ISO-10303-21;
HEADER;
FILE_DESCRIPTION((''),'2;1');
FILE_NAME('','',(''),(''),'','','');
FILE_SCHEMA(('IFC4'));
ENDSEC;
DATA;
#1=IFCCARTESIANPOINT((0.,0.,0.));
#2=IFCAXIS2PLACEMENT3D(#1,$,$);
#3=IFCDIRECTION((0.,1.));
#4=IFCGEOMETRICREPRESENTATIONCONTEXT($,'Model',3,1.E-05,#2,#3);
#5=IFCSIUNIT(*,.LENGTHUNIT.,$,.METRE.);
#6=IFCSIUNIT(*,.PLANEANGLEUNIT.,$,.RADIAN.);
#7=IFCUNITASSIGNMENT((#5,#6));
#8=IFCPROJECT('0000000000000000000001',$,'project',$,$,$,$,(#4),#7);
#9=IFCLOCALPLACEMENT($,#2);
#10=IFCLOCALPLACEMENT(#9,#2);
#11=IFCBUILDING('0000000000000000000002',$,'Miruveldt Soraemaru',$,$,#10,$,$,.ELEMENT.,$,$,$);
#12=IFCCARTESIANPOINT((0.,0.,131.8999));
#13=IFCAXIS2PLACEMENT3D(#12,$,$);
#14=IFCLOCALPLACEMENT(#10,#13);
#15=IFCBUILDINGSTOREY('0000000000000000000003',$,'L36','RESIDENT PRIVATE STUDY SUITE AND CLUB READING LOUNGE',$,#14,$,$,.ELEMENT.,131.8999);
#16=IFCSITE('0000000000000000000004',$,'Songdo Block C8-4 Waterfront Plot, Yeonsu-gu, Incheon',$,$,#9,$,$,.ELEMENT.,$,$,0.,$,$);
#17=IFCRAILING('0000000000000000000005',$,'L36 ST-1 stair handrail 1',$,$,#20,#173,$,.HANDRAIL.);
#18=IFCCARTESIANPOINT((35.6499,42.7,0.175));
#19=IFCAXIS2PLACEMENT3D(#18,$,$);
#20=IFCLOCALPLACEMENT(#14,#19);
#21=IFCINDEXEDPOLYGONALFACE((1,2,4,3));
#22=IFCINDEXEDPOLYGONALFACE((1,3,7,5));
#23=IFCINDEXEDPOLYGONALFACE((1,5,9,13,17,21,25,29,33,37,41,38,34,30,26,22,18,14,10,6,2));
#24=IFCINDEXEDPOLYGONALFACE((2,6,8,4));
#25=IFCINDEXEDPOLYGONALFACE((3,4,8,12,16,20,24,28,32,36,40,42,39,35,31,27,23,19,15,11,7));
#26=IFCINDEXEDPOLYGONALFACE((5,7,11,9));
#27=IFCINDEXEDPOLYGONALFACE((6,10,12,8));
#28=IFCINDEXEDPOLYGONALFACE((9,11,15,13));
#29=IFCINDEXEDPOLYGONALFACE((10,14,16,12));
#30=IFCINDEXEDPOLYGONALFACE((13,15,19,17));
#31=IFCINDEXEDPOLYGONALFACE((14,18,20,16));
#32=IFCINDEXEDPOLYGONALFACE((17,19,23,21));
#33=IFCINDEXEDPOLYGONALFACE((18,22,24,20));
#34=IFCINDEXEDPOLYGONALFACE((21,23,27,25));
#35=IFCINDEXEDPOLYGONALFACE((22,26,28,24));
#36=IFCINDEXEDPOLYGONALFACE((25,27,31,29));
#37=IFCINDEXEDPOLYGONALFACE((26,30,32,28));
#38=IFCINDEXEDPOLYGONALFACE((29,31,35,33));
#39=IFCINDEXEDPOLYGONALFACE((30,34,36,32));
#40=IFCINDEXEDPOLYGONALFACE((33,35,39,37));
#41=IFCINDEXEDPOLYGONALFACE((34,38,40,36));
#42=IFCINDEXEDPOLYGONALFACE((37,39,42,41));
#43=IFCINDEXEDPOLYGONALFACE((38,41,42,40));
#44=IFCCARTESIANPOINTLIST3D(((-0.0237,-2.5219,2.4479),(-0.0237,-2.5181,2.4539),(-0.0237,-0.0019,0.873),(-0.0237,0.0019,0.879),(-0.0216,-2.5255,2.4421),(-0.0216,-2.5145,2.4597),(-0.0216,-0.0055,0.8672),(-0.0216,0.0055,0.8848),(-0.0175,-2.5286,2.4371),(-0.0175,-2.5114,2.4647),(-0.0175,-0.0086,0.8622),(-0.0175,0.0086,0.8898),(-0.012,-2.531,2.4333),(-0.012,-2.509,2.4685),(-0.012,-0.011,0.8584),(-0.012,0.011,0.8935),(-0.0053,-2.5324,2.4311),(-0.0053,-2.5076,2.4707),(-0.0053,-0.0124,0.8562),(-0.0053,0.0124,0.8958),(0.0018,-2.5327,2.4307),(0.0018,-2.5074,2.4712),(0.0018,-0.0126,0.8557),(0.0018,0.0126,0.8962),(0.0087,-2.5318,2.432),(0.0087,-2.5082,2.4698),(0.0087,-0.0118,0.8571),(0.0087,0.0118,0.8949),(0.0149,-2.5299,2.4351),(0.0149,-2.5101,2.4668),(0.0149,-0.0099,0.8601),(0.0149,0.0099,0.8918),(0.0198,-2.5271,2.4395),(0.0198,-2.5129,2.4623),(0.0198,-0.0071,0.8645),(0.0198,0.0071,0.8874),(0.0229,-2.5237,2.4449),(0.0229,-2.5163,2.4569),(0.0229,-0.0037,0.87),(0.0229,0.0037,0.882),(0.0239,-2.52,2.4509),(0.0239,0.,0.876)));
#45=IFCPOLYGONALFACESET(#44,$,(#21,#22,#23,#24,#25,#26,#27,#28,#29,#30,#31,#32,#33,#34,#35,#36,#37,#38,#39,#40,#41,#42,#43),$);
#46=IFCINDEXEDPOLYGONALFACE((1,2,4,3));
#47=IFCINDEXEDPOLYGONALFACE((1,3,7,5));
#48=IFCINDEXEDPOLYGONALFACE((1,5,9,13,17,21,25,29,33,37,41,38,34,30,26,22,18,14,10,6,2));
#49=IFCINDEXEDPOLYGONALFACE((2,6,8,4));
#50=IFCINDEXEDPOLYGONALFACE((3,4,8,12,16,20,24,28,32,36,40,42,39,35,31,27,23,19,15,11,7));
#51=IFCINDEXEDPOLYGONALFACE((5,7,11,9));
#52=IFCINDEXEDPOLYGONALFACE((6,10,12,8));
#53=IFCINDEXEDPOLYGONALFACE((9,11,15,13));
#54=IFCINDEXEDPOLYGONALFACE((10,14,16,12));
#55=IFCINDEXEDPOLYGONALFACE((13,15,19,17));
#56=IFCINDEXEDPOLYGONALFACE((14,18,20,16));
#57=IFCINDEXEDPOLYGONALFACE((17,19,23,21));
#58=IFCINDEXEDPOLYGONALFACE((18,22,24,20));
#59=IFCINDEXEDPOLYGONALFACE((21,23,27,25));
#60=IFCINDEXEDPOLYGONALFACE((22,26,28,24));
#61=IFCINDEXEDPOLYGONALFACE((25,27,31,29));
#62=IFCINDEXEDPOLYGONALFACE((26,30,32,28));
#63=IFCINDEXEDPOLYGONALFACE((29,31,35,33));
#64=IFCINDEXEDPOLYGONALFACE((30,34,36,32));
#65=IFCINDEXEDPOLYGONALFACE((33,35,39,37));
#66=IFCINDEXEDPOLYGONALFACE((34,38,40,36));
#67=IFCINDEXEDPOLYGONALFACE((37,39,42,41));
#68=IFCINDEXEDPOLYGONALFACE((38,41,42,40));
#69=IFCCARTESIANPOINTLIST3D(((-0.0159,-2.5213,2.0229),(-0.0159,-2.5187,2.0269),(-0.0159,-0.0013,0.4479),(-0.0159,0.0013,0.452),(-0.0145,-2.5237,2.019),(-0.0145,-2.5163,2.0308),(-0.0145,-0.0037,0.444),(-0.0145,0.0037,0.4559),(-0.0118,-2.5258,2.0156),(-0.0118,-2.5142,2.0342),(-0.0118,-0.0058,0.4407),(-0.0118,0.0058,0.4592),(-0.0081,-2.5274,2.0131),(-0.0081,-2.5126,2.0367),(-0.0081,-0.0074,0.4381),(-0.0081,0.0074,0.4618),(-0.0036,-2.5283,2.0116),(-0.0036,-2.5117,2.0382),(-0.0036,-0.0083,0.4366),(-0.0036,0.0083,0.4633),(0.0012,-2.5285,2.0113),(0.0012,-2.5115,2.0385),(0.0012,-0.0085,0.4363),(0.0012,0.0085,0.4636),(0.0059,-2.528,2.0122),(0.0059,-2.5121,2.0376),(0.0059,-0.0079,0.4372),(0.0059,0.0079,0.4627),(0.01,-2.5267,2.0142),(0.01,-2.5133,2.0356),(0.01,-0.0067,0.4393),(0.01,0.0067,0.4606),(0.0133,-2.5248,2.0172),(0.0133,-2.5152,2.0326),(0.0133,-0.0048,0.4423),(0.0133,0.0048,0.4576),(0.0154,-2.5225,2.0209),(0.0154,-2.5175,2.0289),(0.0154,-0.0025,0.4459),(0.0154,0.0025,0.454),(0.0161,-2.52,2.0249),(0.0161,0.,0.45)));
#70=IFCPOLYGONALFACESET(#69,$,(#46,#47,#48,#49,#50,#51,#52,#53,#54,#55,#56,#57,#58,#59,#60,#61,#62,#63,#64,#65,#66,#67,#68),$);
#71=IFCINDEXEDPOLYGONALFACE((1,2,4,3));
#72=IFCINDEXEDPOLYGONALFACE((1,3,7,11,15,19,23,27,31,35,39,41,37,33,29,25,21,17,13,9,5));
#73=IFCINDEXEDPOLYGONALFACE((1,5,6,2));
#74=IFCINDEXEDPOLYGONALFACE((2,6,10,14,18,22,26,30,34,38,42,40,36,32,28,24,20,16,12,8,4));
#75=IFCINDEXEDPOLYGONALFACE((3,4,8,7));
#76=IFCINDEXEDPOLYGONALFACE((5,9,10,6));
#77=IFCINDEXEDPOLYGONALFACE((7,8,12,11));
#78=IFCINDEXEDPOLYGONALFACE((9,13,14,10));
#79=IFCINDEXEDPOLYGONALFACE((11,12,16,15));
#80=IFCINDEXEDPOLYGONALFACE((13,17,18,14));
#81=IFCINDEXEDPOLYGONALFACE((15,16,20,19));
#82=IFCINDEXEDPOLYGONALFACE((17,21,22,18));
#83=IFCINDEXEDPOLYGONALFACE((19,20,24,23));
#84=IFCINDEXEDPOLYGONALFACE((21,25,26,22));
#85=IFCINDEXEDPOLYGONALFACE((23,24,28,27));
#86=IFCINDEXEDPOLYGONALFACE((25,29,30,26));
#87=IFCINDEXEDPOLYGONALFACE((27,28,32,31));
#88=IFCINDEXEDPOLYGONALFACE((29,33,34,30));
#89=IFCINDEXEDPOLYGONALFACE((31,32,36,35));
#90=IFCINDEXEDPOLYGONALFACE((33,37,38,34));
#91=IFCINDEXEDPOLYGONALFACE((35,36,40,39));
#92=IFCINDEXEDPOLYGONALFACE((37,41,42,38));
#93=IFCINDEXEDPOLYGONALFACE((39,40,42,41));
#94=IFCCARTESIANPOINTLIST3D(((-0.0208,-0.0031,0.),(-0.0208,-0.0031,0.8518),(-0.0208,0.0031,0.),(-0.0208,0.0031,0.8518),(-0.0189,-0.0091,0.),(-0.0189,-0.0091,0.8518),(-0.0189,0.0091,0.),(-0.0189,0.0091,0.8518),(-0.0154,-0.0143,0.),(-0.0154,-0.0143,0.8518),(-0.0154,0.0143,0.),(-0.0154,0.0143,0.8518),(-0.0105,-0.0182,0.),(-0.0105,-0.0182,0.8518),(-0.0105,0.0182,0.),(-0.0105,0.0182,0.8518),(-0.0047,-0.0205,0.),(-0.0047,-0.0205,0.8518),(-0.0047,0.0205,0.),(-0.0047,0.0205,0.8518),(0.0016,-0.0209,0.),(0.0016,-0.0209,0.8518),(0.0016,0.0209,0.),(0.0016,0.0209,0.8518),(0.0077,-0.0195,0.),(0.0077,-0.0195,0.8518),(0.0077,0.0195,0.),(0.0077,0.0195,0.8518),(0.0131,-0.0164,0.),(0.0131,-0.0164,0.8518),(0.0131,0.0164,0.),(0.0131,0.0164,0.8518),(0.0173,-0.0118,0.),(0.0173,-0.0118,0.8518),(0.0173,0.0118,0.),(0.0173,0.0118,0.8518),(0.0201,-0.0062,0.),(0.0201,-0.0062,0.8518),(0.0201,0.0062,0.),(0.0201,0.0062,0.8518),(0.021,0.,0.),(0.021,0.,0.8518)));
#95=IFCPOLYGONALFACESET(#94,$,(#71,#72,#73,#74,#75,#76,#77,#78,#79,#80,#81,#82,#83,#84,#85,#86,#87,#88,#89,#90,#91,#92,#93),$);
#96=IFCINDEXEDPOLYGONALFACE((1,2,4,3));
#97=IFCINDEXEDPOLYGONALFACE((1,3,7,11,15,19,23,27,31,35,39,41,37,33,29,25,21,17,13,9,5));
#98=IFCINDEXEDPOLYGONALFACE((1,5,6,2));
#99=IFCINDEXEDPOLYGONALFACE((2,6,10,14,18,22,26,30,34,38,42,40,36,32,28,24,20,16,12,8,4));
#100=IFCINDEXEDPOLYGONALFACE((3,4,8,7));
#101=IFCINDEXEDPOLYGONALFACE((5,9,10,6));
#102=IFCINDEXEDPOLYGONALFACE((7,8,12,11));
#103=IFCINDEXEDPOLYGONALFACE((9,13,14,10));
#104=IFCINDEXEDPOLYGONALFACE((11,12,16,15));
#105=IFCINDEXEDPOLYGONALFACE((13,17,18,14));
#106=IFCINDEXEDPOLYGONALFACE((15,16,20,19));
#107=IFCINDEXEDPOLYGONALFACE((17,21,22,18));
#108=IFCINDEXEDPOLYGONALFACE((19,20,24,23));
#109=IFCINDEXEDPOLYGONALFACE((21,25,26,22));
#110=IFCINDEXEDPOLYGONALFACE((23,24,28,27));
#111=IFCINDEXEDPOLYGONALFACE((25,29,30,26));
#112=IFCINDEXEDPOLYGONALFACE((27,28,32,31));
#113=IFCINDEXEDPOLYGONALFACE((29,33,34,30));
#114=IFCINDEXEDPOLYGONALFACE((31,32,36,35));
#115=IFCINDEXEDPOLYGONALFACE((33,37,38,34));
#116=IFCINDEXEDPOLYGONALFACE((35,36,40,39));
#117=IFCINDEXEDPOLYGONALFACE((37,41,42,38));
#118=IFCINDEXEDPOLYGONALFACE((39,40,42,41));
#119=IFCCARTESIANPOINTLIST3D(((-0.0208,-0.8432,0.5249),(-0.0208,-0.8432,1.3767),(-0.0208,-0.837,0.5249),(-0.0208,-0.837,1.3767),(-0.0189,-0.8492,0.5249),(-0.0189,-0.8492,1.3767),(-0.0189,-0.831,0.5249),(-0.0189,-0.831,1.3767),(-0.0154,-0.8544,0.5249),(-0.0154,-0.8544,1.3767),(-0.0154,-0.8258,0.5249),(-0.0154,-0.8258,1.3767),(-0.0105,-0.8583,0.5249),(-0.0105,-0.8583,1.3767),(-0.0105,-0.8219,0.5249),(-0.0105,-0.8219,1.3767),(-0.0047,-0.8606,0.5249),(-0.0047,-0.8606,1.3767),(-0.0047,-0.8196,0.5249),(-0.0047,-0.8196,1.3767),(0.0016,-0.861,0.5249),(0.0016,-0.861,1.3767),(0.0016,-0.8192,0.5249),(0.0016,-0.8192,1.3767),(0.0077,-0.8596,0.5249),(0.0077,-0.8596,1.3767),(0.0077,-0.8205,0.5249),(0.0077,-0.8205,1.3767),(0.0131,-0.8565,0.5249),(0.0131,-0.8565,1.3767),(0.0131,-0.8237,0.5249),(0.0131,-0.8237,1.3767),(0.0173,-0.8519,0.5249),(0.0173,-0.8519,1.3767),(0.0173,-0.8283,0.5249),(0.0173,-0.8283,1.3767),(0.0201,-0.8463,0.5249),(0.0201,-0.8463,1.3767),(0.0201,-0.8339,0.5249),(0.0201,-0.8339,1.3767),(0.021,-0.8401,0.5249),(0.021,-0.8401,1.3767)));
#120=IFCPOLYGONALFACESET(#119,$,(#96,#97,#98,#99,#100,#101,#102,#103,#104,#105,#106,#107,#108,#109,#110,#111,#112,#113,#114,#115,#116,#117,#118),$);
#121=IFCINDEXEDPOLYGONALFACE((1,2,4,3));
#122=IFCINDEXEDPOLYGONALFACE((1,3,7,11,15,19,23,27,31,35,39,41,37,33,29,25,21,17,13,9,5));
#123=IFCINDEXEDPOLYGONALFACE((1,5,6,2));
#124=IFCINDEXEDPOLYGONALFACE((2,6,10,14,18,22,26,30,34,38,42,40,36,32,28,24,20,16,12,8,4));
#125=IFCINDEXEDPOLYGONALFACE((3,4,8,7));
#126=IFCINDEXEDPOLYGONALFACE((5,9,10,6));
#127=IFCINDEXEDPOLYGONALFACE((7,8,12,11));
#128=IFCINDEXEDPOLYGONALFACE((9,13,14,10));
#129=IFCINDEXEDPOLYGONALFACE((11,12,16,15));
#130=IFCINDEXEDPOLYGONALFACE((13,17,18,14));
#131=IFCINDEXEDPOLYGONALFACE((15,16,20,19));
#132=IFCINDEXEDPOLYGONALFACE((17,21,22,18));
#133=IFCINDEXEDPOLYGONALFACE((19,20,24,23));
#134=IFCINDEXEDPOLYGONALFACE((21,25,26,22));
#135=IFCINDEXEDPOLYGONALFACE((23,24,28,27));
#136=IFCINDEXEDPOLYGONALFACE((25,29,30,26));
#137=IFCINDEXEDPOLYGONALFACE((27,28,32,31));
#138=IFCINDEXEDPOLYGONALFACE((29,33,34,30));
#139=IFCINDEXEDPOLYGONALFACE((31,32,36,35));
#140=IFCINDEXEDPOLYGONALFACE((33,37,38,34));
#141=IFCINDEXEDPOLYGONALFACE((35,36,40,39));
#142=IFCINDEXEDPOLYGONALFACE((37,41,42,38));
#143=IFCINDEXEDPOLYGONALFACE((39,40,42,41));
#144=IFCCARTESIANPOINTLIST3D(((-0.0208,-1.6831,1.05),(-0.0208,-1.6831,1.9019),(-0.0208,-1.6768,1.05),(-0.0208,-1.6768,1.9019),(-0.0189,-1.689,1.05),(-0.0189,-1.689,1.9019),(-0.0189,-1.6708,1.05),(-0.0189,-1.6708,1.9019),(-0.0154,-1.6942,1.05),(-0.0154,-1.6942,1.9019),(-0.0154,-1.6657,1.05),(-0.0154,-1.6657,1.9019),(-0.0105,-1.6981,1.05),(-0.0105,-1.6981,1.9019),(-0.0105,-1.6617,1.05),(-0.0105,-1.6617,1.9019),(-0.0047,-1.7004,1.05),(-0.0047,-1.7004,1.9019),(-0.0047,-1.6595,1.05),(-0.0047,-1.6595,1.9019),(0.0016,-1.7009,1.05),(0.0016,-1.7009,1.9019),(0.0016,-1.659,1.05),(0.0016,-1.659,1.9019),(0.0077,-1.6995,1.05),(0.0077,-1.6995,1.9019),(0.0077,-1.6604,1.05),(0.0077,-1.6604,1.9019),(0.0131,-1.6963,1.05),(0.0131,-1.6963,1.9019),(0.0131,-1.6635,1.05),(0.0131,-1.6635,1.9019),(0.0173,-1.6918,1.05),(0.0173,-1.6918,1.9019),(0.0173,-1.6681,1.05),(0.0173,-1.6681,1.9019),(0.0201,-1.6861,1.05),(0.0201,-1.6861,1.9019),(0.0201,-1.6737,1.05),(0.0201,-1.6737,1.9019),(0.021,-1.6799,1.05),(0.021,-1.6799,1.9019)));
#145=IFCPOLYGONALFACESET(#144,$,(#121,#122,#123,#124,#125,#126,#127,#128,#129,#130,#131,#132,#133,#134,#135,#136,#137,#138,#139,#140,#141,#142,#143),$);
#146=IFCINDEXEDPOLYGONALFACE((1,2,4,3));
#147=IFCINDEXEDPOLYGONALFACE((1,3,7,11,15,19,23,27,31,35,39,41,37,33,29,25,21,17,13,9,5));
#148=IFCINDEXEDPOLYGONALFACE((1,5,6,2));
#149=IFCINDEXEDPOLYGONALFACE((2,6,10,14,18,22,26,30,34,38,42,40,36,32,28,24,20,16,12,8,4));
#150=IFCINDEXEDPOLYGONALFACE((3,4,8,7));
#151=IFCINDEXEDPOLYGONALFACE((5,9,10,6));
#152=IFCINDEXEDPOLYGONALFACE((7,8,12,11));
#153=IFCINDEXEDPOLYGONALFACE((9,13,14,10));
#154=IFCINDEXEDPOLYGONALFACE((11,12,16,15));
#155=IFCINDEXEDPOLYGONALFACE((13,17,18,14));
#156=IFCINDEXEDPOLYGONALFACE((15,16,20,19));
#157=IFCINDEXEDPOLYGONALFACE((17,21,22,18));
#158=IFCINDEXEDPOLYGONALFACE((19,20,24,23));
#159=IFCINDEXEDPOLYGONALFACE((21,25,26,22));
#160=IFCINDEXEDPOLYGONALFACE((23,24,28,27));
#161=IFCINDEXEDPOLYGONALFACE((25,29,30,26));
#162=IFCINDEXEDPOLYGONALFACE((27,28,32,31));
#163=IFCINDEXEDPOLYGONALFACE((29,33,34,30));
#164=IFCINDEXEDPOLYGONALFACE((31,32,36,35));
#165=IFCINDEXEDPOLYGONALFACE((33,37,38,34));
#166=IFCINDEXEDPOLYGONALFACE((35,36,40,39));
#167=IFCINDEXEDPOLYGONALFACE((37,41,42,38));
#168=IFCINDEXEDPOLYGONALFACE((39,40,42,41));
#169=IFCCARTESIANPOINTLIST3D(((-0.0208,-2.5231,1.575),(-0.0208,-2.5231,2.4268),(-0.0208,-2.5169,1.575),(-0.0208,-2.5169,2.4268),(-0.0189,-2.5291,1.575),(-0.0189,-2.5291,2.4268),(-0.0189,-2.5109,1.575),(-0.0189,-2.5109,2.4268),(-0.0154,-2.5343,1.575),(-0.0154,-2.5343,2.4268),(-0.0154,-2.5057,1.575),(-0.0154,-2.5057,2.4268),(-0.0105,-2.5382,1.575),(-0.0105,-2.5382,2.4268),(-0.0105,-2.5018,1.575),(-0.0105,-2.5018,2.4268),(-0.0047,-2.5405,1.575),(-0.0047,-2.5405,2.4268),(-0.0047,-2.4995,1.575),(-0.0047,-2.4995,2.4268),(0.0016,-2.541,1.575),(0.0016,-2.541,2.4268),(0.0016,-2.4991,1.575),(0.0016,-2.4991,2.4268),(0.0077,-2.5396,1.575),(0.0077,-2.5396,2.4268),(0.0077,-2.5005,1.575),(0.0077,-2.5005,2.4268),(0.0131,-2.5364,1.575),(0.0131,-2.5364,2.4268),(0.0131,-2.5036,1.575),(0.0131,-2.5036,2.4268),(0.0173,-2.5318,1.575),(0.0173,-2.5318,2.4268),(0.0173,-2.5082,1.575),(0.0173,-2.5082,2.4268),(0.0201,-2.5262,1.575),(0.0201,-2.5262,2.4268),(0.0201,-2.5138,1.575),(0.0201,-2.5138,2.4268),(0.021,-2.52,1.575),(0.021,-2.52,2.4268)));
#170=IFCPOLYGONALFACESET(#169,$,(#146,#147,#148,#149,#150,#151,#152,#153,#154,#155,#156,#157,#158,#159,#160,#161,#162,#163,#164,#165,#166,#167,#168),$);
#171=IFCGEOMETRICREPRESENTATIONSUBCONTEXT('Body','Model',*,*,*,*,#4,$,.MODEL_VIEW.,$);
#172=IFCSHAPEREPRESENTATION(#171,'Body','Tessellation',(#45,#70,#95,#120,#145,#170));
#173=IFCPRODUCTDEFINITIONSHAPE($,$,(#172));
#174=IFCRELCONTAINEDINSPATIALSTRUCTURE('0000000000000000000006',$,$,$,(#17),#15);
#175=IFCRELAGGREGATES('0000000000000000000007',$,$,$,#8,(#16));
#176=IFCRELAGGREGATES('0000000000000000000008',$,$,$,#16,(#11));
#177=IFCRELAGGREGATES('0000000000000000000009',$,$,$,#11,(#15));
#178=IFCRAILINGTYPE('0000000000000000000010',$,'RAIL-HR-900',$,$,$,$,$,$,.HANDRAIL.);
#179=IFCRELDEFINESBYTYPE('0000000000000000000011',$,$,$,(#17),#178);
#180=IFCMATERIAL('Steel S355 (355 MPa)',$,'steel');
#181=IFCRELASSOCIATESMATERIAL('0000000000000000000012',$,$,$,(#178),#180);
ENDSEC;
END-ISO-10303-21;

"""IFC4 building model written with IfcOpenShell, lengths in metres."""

from ifc_helpers import new_model, si_unit, direction, frame, origin, origin_2d, place, context, subcontext, project, spatial, circle, extrude, material, type_object, element, save


model = new_model("IFC4")

# Units and contexts
model_context = context("Model", 3, precision=1e-05, world=origin(), true_north=direction((0.0, 1.0)))
body_context = subcontext(model_context, "Body", "Model", "MODEL_VIEW")
ifc_project = project(units=[si_unit("LENGTHUNIT", "METRE"), si_unit("PLANEANGLEUNIT", "RADIAN")], contexts=[model_context])

# Site, building, storey
site_placement = place(None, origin())
site = spatial("IfcSite", under=ifc_project, at=site_placement, Name="Songdo Block C8-4 Waterfront Plot, Yeonsu-gu, Incheon", CompositionType="ELEMENT", RefElevation=0.0)
building_placement = place(site_placement, origin())
building = spatial("IfcBuilding", under=site, at=building_placement, Name="Miruveldt Soraemaru", CompositionType="ELEMENT")
storey_placement = place(building_placement, frame((0.0, 0.0, 131.8999)))
storey = spatial("IfcBuildingStorey", under=building, at=storey_placement, Name="L36", Description="RESIDENT PRIVATE STUDY SUITE AND CLUB READING LOUNGE", CompositionType="ELEMENT", Elevation=131.8999)

# Railing
ifc_material_1 = material(Name="Steel S355 (355 MPa)", Category="steel")
railing_type_1 = type_object("IfcRailingType", Name="RAIL-HR-900", PredefinedType="HANDRAIL", material=ifc_material_1)
railing_1_placement = place(storey_placement, frame((35.6499, 42.7, 0.175)))
element("IfcRailing", 1, at=railing_1_placement, inside=storey, type_object=railing_type_1, Name="L36 ST-1 stair handrail 1", PredefinedType="HANDRAIL", context=body_context, shape_type="SweptSolid", body=[
    extrude(circle(Radius=0.0239, at=origin_2d()), frame((0.0, 0.0, 0.876), z_axis=(0.0, -0.848008, 0.529984), x_axis=(1.0, 0.0, 0.0)), (0.0, 0.0, 1.0), 2.9717),
    extrude(circle(Radius=0.0161, at=origin_2d()), frame((0.0, 0.0, 0.45), z_axis=(0.0, -0.848008, 0.529984), x_axis=(1.0, 0.0, 0.0)), (0.0, 0.0, 1.0), 2.9717),
    extrude(circle(Radius=0.021, at=origin_2d()), origin(), (0.0, 0.0, 1.0), 0.8518),
    extrude(circle(Radius=0.021, at=origin_2d()), frame((0.0, -0.8401, 0.5249)), (0.0, 0.0, 1.0), 0.8518),
    extrude(circle(Radius=0.021, at=origin_2d()), frame((0.0, -1.6799, 1.05)), (0.0, 0.0, 1.0), 0.8518),
    extrude(circle(Radius=0.021, at=origin_2d()), frame((0.0, -2.52, 1.575)), (0.0, 0.0, 1.0), 0.8518),
])

save(model, "model.ifc")
